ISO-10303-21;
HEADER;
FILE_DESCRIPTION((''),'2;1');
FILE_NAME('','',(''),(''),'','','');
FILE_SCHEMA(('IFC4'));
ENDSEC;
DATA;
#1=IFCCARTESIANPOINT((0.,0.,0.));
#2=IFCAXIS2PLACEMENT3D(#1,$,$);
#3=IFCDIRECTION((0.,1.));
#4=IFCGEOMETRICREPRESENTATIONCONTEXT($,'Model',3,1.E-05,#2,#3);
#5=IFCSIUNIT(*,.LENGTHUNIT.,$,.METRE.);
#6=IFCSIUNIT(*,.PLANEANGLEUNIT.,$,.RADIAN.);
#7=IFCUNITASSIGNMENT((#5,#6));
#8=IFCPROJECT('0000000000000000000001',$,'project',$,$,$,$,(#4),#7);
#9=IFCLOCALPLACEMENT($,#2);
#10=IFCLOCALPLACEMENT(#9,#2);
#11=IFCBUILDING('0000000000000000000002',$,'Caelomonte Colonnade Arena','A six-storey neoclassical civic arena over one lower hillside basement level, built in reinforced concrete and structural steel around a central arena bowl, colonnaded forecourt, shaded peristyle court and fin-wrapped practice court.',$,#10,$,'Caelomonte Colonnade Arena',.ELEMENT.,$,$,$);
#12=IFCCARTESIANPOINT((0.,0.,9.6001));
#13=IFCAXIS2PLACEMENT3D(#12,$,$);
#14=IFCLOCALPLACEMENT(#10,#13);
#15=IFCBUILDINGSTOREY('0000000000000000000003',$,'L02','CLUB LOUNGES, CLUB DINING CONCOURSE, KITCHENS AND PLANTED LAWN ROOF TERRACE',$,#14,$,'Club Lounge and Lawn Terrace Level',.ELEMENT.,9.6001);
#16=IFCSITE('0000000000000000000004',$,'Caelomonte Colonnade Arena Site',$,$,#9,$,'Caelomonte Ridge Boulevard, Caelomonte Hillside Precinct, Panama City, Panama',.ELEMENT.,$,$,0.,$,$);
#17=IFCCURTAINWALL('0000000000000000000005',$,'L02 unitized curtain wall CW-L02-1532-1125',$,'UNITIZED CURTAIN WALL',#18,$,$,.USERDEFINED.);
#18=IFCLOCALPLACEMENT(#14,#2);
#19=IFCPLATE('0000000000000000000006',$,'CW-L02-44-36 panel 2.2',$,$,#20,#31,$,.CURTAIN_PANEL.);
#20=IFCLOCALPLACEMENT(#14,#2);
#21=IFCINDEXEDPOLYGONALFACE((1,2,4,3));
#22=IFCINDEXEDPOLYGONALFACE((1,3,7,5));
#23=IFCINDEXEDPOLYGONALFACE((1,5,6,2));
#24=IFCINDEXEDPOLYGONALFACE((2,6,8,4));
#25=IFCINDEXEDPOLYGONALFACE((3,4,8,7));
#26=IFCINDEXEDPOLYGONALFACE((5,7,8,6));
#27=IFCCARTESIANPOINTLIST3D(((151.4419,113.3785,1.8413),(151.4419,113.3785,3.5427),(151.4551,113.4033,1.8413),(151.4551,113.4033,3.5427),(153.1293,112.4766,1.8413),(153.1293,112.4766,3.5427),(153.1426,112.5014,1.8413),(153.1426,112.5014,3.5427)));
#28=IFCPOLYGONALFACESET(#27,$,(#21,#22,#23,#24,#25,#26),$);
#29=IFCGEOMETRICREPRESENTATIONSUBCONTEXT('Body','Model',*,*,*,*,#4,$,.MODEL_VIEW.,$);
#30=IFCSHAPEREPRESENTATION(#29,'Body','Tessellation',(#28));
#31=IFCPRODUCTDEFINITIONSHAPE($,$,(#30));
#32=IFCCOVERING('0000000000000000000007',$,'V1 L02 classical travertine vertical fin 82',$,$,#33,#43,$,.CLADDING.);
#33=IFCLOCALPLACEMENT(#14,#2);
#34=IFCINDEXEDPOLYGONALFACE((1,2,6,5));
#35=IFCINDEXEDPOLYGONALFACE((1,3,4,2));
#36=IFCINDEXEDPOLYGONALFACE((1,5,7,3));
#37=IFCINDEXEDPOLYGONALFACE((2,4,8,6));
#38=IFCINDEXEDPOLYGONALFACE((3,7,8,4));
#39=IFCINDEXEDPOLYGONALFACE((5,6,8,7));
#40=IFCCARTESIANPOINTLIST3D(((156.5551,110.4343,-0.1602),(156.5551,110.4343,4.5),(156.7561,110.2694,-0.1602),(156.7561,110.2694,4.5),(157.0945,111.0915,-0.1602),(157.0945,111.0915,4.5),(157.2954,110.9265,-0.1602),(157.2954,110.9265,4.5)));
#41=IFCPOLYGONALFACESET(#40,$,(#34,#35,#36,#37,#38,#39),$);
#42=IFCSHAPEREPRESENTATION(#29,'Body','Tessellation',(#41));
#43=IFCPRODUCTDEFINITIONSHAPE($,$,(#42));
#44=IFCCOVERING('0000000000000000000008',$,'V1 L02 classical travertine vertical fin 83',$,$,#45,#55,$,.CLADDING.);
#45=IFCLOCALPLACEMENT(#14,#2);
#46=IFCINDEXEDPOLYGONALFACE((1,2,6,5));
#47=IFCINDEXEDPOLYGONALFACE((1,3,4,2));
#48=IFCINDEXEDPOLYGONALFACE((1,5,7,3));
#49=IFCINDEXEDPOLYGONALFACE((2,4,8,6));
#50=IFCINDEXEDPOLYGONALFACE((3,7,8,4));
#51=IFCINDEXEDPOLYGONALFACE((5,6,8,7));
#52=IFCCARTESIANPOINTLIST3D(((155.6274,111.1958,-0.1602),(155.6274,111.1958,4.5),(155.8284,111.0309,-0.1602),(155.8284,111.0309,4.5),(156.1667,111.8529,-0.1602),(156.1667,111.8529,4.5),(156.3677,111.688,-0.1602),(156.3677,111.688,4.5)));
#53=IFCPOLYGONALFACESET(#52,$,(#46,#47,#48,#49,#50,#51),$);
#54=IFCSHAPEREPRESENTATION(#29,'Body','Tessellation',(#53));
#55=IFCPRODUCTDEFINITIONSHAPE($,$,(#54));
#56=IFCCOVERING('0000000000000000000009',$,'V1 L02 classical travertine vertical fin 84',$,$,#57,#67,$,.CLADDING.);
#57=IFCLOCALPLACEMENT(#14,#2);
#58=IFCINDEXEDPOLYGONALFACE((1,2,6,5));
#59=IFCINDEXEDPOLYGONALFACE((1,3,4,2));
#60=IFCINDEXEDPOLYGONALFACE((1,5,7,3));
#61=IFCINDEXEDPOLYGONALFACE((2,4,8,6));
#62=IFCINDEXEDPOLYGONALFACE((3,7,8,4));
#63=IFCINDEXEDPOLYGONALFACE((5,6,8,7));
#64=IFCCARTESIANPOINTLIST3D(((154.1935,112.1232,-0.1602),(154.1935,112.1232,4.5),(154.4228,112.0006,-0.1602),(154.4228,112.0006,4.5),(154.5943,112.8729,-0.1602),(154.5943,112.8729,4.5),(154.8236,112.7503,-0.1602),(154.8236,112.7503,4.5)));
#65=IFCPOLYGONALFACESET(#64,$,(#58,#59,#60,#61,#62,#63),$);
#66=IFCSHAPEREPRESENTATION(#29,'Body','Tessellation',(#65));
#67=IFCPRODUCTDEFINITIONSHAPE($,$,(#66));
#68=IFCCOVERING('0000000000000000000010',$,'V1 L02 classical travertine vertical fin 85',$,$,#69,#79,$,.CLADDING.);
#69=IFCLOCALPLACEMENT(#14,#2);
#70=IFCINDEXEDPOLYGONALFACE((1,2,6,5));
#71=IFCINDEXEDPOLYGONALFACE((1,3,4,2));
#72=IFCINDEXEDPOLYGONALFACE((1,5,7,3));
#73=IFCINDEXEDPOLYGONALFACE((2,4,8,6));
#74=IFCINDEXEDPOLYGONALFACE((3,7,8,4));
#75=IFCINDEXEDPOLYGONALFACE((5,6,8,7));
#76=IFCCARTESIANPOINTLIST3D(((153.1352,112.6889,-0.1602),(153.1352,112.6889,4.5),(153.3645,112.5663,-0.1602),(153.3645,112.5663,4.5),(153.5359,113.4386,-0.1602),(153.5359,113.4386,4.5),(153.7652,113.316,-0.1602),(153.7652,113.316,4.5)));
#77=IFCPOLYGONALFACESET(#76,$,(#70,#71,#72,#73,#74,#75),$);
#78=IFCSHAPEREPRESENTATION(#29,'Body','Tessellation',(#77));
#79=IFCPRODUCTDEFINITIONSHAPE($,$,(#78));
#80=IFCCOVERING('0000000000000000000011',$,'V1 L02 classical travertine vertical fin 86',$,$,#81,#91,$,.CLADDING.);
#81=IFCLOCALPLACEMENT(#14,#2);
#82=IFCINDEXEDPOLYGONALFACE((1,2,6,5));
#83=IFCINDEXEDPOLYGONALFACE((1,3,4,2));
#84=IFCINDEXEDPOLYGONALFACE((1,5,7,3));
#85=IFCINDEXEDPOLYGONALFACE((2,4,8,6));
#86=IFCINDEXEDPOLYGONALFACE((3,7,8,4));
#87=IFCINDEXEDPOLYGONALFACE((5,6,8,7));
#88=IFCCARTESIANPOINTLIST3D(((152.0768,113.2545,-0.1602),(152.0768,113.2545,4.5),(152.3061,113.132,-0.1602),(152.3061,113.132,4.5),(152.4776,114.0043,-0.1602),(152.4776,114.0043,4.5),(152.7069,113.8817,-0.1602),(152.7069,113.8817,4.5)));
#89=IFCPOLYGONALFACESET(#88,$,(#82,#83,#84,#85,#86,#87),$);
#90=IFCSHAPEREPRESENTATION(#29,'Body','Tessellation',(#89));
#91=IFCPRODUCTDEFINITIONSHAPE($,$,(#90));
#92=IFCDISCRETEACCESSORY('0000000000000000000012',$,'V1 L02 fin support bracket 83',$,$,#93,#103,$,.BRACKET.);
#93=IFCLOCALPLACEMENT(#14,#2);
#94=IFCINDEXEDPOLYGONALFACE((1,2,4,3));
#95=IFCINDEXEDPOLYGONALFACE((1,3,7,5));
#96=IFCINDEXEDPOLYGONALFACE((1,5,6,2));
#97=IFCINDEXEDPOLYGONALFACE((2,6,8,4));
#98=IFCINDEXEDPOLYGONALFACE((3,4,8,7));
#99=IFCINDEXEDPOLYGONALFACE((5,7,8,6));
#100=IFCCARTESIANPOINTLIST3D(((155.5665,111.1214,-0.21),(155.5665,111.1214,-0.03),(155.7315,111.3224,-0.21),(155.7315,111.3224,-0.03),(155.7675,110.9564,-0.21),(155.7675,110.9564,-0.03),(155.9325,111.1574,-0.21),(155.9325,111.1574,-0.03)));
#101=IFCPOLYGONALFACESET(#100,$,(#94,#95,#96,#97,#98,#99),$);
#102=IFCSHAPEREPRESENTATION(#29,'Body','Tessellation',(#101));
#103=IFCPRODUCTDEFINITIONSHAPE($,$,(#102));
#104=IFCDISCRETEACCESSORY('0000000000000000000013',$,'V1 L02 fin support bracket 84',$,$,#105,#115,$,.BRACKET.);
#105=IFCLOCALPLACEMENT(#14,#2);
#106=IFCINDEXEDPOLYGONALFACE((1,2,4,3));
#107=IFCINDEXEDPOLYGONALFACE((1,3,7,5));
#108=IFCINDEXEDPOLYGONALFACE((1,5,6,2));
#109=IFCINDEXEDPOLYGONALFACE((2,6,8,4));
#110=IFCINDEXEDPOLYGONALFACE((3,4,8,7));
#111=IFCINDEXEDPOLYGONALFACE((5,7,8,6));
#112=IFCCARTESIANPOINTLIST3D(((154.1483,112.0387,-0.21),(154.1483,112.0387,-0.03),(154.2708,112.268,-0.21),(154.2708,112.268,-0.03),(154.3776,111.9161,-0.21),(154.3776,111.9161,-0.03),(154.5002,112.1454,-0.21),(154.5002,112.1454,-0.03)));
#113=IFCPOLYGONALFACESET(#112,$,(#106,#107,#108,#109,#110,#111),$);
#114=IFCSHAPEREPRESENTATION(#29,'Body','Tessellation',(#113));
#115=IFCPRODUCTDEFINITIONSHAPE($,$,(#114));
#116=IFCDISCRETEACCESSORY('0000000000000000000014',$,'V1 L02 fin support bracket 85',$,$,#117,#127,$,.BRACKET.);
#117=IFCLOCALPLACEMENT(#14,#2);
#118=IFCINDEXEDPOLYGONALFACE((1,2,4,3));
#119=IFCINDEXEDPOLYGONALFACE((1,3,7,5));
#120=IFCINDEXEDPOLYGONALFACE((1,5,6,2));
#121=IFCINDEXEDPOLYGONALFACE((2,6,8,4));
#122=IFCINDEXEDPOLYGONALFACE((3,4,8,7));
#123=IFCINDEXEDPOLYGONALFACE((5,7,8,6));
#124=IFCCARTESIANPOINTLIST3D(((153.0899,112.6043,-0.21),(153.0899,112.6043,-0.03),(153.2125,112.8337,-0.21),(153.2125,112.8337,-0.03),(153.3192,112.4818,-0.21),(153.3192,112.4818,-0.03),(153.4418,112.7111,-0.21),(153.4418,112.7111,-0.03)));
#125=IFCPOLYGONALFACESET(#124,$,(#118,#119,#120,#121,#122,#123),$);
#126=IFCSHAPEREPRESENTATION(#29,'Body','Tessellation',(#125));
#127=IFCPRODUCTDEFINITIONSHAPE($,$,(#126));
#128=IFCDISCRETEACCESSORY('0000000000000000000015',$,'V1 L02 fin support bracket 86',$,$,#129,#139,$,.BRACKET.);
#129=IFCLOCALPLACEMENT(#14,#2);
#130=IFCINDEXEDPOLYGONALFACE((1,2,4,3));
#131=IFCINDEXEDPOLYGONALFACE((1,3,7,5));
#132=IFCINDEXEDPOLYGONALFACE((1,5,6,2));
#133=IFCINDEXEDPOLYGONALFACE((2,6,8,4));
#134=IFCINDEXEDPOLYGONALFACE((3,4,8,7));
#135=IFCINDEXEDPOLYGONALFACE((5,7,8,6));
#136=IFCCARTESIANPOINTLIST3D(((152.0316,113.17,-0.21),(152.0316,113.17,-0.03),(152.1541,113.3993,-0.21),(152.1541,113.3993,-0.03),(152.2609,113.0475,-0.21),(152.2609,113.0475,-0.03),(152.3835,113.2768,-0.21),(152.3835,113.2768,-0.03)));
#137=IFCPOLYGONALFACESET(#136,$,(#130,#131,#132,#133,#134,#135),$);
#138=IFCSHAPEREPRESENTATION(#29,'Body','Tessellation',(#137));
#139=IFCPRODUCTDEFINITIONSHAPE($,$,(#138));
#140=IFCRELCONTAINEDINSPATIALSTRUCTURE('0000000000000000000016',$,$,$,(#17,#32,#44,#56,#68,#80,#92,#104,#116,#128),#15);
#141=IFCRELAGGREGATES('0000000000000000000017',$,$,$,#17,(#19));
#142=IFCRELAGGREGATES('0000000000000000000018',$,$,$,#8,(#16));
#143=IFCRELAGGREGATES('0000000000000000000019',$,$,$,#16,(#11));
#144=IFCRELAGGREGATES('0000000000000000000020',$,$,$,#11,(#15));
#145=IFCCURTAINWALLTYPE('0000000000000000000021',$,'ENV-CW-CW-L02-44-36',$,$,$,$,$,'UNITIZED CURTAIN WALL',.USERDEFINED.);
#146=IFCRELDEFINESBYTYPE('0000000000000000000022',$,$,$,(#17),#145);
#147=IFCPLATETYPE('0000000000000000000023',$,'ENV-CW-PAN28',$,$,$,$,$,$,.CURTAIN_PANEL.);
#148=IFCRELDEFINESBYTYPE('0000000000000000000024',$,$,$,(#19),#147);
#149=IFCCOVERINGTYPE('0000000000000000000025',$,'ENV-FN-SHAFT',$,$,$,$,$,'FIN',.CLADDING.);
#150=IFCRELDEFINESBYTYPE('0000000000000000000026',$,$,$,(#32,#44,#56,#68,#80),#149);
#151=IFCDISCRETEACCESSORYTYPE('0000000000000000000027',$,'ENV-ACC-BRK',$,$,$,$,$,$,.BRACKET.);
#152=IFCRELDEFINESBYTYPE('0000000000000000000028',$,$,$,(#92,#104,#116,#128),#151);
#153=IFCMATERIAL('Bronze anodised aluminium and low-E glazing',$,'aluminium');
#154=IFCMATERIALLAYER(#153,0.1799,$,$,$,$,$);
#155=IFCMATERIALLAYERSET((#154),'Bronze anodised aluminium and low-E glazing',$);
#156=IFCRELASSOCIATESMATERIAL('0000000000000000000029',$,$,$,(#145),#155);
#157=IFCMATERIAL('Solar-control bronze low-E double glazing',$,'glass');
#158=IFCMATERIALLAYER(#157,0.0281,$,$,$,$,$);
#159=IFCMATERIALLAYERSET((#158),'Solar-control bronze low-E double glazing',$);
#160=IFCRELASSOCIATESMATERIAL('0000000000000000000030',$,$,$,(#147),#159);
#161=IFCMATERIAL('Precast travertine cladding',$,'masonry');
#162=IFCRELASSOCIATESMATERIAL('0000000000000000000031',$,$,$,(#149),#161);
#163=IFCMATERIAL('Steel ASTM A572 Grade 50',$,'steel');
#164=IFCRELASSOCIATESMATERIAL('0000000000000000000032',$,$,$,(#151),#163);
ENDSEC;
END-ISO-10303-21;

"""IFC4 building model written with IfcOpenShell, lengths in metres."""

from ifc_helpers import new_model, si_unit, direction, frame, origin, origin_2d, place, context, subcontext, project, spatial, rectangle, extrude, material, layer, layer_set, material_profile, profile_set, type_object, element, aggregate, save


model = new_model("IFC4")

# Units and contexts
model_context = context("Model", 3, precision=1e-05, world=origin(), true_north=direction((0.0, 1.0)))
body_context = subcontext(model_context, "Body", "Model", "MODEL_VIEW")
ifc_project = project(units=[si_unit("LENGTHUNIT", "METRE"), si_unit("PLANEANGLEUNIT", "RADIAN")], contexts=[model_context])

# Site, building, storey
site_placement = place(None, origin())
site = spatial("IfcSite", under=ifc_project, at=site_placement, Name="Caelomonte Colonnade Arena Site", LongName="Caelomonte Ridge Boulevard, Caelomonte Hillside Precinct, Panama City, Panama", CompositionType="ELEMENT", RefElevation=0.0)
building_placement = place(site_placement, origin())
building = spatial("IfcBuilding", under=site, at=building_placement, Name="Caelomonte Colonnade Arena", Description="A six-storey neoclassical civic arena over one lower hillside basement level, built in reinforced concrete and structural steel around a central arena bowl, colonnaded forecourt, shaded peristyle court and fin-wrapped practice court.", LongName="Caelomonte Colonnade Arena", CompositionType="ELEMENT")
storey_placement = place(building_placement, frame((0.0, 0.0, 9.6001)))
storey = spatial("IfcBuildingStorey", under=building, at=storey_placement, Name="L02", Description="CLUB LOUNGES, CLUB DINING CONCOURSE, KITCHENS AND PLANTED LAWN ROOF TERRACE", LongName="Club Lounge and Lawn Terrace Level", CompositionType="ELEMENT", Elevation=9.6001)

# Shared definitions
ifc_material_1 = material(Name="Bronze anodised aluminium and low-E glazing", Category="aluminium")

# Curtain wall
ifc_layer_1 = layer(ifc_material_1, 0.1799)
ifc_layer_set_1 = layer_set([ifc_layer_1], Name="Bronze anodised aluminium and low-E glazing")
curtain_wall_type_1 = type_object("IfcCurtainWallType", Name="ENV-CW-CW-L02-44-36", ElementType="UNITIZED CURTAIN WALL", PredefinedType="USERDEFINED", material=ifc_layer_set_1)
curtain_wall_1_placement = place(storey_placement, origin())
curtain_wall_1 = element("IfcCurtainWall", 1, at=curtain_wall_1_placement, inside=storey, type_object=curtain_wall_type_1, Name="L02 unitized curtain wall CW-L02-1532-1125", ObjectType="UNITIZED CURTAIN WALL", PredefinedType="USERDEFINED")

# Plate
ifc_material_2 = material(Name="Solar-control bronze low-E double glazing", Category="glass")
ifc_layer_2 = layer(ifc_material_2, 0.0281)
ifc_layer_set_2 = layer_set([ifc_layer_2], Name="Solar-control bronze low-E double glazing")
plate_type = type_object("IfcPlateType", Name="ENV-CW-PAN28", PredefinedType="CURTAIN_PANEL", material=ifc_layer_set_2)
plate_1_placement = place(storey_placement, frame((152.2922, 112.9399, 1.8413), z_axis=(0.0, 0.0, 1.0), x_axis=(-0.881923, 0.471394, 0.0)))
plate_1 = element("IfcPlate", 2, at=plate_1_placement, type_object=plate_type, Name="CW-L02-44-36 panel 2.2", PredefinedType="CURTAIN_PANEL", context=body_context, shape_type="SweptSolid", body=[
    extrude(rectangle(XDim=1.9133, YDim=0.0281, at=origin_2d()), origin(), (0.0, 0.0, 1.0), 1.7014),
])
aggregate(curtain_wall_1, [plate_1])

# Coverings
ifc_material_3 = material(Name="Precast travertine cladding", Category="masonry")
ifc_material_profile_1 = material_profile(ifc_material_3, rectangle(XDim=0.26, YDim=0.8501, at=origin_2d()), Name="FIN260X850")
ifc_profile_set_1 = profile_set([ifc_material_profile_1], Name="Precast travertine cladding")
covering_type = type_object("IfcCoveringType", Name="ENV-FN-SHAFT", ElementType="FIN", PredefinedType="CLADDING", material=ifc_profile_set_1)
for number, where, z_axis, x_axis, name in (
    (3, (156.9253, 110.6804, -0.1602), (0.0, 0.0, 1.0), (0.772994, -0.634414, 0.0), "V1 L02 classical travertine vertical fin 82"),
    (4, (155.9976, 111.4419, -0.1602), (0.0, 0.0, 1.0), (0.772994, -0.634414, 0.0), "V1 L02 classical travertine vertical fin 83"),
    (5, (154.5085, 112.4368, -0.1602), (0.0, 0.0, 1.0), (0.881921, -0.471397, 0.0), "V1 L02 classical travertine vertical fin 84"),
    (6, (153.4502, 113.0024, -0.1602), (0.0, 0.0, 1.0), (0.881921, -0.471397, 0.0), "V1 L02 classical travertine vertical fin 85"),
    (7, (152.3918, 113.5681, -0.1602), (0.0, 0.0, 1.0), (0.881921, -0.471397, 0.0), "V1 L02 classical travertine vertical fin 86"),
):
    element("IfcCovering", number, at=place(storey_placement, frame(where, z_axis=z_axis, x_axis=x_axis)), inside=storey, type_object=covering_type, Name=name, PredefinedType="CLADDING", context=body_context, shape_type="SweptSolid", body=[
        extrude(rectangle(XDim=0.26, YDim=0.8501, at=origin_2d()), origin(), (0.0, 0.0, 1.0), 4.6602),
    ])

# Discrete accessories
ifc_material_4 = material(Name="Steel ASTM A572 Grade 50", Category="steel")
discrete_accessory_type = type_object("IfcDiscreteAccessoryType", Name="ENV-ACC-BRK", PredefinedType="BRACKET", material=ifc_material_4)
for number, where, z_axis, x_axis, name in (
    (8, (155.7495, 111.1394, -0.21), (0.0, 0.0, 1.0), (-0.772994, 0.634414, 0.0), "V1 L02 fin support bracket 83"),
    (9, (154.3242, 112.092, -0.21), (0.0, 0.0, 1.0), (-0.881921, 0.471397, 0.0), "V1 L02 fin support bracket 84"),
    (10, (153.2659, 112.6577, -0.21), (0.0, 0.0, 1.0), (-0.881921, 0.471397, 0.0), "V1 L02 fin support bracket 85"),
    (11, (152.2075, 113.2234, -0.21), (0.0, 0.0, 1.0), (-0.881921, 0.471397, 0.0), "V1 L02 fin support bracket 86"),
):
    element("IfcDiscreteAccessory", number, at=place(storey_placement, frame(where, z_axis=z_axis, x_axis=x_axis)), inside=storey, type_object=discrete_accessory_type, Name=name, PredefinedType="BRACKET", context=body_context, shape_type="SweptSolid", body=[
        extrude(rectangle(XDim=0.26, YDim=0.26, at=origin_2d()), origin(), (0.0, 0.0, 1.0), 0.1799),
    ])

save(model, "model.ifc")
